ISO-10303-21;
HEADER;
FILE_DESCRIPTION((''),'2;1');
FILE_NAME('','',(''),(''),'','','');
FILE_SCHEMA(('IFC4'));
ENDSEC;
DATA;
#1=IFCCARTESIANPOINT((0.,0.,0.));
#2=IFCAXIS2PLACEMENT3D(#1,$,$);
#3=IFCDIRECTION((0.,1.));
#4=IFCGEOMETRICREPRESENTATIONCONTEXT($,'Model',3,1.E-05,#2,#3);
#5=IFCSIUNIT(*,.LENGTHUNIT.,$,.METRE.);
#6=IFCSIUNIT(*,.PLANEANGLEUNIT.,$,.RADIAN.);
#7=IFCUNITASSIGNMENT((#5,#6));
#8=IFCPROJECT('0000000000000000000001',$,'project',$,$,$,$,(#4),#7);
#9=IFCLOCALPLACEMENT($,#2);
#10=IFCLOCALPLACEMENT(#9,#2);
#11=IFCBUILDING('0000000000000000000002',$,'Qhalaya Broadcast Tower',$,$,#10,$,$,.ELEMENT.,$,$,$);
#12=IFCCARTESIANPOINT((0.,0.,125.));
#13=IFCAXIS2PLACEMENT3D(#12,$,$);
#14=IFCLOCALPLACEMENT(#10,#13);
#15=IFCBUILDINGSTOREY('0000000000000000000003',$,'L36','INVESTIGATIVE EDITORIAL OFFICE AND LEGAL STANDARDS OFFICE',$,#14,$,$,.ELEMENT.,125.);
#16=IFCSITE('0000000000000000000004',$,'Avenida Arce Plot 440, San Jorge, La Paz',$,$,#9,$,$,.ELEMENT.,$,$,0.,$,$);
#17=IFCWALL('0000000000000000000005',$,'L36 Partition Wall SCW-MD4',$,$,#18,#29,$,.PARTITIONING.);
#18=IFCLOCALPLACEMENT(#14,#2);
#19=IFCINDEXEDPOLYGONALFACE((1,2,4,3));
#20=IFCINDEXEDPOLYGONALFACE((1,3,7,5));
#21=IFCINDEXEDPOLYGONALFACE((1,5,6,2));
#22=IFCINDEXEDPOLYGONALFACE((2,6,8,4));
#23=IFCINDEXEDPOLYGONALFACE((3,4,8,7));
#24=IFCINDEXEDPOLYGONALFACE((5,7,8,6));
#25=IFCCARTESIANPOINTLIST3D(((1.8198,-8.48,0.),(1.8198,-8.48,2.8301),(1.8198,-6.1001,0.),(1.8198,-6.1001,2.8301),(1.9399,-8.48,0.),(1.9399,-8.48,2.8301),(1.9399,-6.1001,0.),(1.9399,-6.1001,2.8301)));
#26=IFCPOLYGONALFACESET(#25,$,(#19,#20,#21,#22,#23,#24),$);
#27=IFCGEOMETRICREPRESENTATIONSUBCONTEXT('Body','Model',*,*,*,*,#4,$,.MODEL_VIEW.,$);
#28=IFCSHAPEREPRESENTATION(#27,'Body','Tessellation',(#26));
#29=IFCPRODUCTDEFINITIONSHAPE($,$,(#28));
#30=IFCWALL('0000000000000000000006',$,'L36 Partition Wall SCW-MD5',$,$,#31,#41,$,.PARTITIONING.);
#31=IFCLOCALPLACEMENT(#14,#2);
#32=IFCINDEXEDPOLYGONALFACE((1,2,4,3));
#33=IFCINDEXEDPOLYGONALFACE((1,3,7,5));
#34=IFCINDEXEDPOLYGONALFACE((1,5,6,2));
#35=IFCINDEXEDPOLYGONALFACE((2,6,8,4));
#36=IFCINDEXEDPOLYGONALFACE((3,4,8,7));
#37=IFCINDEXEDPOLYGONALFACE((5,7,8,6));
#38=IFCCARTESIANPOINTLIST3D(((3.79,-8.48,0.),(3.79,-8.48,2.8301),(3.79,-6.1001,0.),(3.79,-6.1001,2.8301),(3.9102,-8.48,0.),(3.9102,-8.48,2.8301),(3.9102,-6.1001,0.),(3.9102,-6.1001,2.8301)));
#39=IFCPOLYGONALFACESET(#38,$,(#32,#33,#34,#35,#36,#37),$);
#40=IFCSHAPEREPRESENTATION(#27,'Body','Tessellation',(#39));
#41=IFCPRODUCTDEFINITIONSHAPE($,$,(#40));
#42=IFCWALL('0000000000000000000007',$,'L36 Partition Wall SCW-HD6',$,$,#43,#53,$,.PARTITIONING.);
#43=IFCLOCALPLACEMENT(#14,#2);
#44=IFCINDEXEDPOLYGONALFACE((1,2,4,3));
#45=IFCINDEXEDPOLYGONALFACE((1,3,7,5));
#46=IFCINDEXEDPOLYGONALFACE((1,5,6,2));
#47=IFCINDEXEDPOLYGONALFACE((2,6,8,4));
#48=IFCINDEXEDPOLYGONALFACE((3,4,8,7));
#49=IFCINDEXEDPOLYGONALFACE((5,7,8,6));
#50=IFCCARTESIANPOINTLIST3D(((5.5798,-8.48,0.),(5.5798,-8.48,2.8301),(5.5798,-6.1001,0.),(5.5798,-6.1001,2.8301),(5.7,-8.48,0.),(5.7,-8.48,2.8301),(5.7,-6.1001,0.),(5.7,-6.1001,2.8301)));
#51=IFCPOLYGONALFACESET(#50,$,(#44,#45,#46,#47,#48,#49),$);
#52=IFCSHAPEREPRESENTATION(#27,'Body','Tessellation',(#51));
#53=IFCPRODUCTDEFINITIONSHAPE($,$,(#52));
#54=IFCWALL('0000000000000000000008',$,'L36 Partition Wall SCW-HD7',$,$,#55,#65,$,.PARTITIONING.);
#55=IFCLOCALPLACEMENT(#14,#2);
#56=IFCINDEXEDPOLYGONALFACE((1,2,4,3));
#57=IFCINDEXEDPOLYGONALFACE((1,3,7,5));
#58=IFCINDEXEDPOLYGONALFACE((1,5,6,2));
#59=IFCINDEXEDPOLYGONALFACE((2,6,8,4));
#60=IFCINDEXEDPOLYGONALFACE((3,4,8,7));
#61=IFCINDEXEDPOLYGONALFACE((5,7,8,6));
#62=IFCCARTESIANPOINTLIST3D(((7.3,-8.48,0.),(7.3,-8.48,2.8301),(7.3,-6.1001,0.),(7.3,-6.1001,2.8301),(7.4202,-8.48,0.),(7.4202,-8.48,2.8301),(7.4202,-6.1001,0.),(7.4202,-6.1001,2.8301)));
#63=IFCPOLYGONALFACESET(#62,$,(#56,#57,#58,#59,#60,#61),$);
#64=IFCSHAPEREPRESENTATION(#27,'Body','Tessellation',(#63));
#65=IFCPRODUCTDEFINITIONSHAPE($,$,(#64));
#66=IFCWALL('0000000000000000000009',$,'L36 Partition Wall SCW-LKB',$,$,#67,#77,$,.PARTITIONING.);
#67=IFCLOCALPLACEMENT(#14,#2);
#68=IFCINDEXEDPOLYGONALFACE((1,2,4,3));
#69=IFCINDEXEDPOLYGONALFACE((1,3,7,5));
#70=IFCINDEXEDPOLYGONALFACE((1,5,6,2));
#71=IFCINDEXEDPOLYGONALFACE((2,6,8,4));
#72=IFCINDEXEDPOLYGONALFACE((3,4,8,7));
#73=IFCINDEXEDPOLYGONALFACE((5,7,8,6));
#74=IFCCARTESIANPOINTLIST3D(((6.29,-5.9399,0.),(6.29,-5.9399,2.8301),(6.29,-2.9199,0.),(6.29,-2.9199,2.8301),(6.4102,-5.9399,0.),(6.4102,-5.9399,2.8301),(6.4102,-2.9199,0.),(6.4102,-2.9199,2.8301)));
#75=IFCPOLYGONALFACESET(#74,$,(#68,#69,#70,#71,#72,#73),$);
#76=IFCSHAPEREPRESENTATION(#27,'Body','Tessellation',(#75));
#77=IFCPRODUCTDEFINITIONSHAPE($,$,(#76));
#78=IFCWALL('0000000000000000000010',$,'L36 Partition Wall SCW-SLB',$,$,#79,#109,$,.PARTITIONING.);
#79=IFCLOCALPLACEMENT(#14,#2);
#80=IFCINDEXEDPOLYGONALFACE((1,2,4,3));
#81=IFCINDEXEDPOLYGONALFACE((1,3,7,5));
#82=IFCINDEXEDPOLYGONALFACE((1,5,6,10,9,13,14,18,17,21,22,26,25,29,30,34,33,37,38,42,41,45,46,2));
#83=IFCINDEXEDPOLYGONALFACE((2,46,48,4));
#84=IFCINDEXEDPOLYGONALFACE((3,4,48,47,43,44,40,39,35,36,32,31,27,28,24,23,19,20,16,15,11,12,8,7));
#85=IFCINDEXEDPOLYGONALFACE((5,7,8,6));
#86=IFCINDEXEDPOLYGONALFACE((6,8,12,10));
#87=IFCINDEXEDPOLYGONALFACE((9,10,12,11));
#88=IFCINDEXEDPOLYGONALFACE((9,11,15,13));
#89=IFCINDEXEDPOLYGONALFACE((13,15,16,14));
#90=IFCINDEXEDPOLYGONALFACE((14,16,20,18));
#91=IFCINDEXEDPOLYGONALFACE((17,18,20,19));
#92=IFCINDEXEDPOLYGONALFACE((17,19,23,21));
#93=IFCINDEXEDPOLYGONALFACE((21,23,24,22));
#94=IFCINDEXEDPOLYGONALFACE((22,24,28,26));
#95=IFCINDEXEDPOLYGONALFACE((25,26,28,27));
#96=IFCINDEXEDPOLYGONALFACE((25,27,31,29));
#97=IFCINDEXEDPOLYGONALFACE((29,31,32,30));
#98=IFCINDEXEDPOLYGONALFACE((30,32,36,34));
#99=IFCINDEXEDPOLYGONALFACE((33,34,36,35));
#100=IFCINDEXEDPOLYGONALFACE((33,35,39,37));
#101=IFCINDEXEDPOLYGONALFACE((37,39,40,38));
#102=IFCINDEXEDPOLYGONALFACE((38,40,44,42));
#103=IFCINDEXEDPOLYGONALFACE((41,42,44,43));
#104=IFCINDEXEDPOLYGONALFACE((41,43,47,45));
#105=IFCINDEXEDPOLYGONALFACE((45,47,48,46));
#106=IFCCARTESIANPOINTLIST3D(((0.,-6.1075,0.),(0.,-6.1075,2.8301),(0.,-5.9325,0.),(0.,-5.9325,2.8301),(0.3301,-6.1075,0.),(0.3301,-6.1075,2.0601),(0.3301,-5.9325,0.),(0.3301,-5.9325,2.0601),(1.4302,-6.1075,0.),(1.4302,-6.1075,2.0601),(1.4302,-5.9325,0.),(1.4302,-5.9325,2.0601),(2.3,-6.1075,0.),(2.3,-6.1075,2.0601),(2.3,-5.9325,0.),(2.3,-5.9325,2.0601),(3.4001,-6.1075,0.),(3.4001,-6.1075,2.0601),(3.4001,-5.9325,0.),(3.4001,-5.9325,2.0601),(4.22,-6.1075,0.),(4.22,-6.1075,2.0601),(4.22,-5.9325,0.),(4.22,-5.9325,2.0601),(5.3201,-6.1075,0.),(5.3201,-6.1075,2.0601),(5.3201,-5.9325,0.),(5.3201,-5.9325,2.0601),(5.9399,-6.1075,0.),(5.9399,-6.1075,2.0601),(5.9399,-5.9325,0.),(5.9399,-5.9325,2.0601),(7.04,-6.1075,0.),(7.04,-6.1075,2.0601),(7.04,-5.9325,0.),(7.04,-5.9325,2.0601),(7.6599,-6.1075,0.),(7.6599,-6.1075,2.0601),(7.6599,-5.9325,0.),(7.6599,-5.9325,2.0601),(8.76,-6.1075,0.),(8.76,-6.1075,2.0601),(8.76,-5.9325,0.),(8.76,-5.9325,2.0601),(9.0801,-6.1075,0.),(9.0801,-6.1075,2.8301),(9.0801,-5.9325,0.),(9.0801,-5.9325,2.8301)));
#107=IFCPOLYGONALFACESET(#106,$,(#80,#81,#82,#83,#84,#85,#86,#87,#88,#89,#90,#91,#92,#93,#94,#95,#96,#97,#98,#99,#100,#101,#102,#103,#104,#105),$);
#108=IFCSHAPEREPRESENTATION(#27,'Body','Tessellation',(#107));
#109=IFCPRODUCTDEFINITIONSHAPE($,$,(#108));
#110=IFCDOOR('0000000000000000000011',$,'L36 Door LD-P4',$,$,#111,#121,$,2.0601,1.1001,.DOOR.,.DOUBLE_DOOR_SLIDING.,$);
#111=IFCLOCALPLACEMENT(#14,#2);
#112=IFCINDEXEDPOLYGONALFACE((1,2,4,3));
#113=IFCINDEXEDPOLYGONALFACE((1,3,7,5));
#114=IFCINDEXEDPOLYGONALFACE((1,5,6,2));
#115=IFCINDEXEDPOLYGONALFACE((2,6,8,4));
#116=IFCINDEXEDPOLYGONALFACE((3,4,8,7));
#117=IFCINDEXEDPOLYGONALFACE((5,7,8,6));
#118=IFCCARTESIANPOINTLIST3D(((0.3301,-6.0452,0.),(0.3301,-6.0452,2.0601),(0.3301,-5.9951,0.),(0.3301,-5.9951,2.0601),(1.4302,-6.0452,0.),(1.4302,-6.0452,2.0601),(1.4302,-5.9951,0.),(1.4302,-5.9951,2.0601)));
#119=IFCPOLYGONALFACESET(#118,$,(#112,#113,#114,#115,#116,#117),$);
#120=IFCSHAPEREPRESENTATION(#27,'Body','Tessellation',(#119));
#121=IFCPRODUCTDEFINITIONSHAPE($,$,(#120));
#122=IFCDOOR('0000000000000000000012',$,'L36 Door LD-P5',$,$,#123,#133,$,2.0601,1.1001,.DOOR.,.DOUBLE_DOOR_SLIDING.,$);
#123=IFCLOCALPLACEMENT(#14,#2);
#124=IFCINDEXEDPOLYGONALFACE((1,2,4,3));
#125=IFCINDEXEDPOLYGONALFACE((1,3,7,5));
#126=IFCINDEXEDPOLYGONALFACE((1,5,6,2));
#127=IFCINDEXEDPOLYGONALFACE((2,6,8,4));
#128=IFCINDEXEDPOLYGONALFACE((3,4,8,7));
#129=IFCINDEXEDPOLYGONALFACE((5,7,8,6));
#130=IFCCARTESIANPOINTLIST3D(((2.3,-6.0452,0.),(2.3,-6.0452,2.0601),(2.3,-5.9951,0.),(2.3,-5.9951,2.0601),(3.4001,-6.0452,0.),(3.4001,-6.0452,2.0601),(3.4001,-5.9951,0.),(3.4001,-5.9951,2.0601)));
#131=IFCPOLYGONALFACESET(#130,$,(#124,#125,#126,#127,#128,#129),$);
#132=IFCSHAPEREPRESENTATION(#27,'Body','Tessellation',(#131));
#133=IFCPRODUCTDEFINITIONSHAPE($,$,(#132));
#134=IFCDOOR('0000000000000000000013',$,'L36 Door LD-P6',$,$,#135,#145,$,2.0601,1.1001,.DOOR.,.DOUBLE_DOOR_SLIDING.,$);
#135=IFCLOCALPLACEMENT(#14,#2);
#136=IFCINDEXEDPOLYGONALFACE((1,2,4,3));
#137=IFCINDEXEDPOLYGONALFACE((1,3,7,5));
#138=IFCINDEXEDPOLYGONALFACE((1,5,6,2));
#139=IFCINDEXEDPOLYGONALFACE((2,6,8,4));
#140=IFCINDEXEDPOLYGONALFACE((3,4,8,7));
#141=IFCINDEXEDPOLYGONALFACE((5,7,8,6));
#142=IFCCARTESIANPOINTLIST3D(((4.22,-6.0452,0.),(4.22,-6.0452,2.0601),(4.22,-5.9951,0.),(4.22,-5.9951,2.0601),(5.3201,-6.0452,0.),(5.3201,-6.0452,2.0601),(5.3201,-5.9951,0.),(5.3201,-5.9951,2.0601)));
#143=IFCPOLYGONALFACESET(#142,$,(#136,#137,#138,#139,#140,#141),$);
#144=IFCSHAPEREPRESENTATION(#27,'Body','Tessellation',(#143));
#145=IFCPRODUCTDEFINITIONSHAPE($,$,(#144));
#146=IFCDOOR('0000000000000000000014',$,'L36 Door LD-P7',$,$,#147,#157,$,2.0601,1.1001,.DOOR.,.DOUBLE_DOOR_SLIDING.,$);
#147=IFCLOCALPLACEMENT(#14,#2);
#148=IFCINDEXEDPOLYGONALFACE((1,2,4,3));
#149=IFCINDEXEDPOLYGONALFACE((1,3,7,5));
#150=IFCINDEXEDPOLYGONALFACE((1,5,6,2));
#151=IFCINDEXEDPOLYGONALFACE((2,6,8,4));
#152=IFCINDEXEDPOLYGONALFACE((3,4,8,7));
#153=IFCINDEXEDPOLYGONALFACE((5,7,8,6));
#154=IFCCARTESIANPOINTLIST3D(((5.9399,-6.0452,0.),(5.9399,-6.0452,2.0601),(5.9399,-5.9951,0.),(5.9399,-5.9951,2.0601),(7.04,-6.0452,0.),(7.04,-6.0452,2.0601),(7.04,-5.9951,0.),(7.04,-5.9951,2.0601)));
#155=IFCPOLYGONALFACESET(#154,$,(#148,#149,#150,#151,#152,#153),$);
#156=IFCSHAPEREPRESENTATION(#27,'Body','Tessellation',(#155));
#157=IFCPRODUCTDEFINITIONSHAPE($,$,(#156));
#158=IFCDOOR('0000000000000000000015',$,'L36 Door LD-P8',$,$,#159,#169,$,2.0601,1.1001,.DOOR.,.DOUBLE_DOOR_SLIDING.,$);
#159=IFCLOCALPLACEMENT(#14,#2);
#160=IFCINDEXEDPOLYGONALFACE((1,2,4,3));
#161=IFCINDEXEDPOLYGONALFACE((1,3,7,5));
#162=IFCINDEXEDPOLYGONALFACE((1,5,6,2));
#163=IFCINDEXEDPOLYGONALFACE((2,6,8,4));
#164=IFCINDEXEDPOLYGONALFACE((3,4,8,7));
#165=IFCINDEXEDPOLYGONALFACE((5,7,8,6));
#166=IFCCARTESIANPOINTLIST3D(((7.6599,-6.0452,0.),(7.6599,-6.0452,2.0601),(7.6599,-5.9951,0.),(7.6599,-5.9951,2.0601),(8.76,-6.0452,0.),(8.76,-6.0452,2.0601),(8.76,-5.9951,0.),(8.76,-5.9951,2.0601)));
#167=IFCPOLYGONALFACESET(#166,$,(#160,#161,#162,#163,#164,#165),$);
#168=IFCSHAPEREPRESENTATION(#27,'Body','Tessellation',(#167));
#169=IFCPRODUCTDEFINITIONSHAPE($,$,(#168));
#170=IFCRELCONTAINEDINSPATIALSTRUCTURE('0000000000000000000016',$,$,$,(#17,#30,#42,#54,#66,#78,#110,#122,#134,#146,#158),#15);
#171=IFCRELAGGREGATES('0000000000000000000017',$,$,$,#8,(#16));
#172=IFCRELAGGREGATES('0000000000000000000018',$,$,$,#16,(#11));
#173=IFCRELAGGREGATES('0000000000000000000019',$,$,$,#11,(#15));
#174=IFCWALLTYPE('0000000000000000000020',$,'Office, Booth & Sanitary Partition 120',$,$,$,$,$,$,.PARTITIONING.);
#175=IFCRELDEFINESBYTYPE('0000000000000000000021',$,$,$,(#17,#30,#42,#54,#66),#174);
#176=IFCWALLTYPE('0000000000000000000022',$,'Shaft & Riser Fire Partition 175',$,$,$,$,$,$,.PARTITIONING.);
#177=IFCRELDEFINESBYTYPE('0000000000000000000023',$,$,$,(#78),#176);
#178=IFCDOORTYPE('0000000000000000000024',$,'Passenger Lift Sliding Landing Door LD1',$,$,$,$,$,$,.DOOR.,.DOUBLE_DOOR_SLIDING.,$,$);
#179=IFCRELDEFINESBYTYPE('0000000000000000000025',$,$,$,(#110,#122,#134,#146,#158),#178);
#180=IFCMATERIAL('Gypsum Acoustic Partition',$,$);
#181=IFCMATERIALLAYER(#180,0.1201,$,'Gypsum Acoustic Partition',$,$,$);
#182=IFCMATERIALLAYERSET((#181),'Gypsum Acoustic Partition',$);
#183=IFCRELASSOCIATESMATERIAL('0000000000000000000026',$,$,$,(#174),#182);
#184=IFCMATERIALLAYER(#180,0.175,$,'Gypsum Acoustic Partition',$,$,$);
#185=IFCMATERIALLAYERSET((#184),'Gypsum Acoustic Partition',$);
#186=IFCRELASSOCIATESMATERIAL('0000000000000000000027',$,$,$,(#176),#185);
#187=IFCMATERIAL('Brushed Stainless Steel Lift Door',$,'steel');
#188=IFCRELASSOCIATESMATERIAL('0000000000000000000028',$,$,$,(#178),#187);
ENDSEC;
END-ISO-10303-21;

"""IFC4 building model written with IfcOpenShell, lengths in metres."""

from ifc_helpers import new_model, si_unit, direction, frame, frame_2d, origin, place, context, subcontext, project, spatial, rectangle, extrude, material, layer, layer_set, type_object, element, fill, save


model = new_model("IFC4")

# Units and contexts
model_context = context("Model", 3, precision=1e-05, world=origin(), true_north=direction((0.0, 1.0)))
body_context = subcontext(model_context, "Body", "Model", "MODEL_VIEW")
ifc_project = project(units=[si_unit("LENGTHUNIT", "METRE"), si_unit("PLANEANGLEUNIT", "RADIAN")], contexts=[model_context])

# Site, building, storey
site_placement = place(None, origin())
site = spatial("IfcSite", under=ifc_project, at=site_placement, Name="Avenida Arce Plot 440, San Jorge, La Paz", CompositionType="ELEMENT", RefElevation=0.0)
building_placement = place(site_placement, origin())
building = spatial("IfcBuilding", under=site, at=building_placement, Name="Qhalaya Broadcast Tower", CompositionType="ELEMENT")
storey_placement = place(building_placement, frame((0.0, 0.0, 125.0)))
storey = spatial("IfcBuildingStorey", under=building, at=storey_placement, Name="L36", Description="INVESTIGATIVE EDITORIAL OFFICE AND LEGAL STANDARDS OFFICE", CompositionType="ELEMENT", Elevation=125.0)

# Shared definitions
ifc_material_1 = material(Name="Gypsum Acoustic Partition")

# Walls
ifc_layer_1 = layer(ifc_material_1, 0.1201, Name="Gypsum Acoustic Partition")
ifc_layer_set_1 = layer_set([ifc_layer_1], Name="Gypsum Acoustic Partition")
wall_type_1 = type_object("IfcWallType", Name="Office, Booth & Sanitary Partition 120", PredefinedType="PARTITIONING", material=ifc_layer_set_1)
for number, where, z_axis, x_axis, name in (
    (1, (1.8799, -8.48, 0.0), (0.0, 0.0, 1.0), (0.0, 1.0, 0.0), "L36 Partition Wall SCW-MD4"),
    (2, (3.8501, -8.48, 0.0), (0.0, 0.0, 1.0), (0.0, 1.0, 0.0), "L36 Partition Wall SCW-MD5"),
    (3, (5.6399, -8.48, 0.0), (0.0, 0.0, 1.0), (0.0, 1.0, 0.0), "L36 Partition Wall SCW-HD6"),
    (4, (7.3601, -8.48, 0.0), (0.0, 0.0, 1.0), (0.0, 1.0, 0.0), "L36 Partition Wall SCW-HD7"),
):
    element("IfcWall", number, at=place(storey_placement, frame(where, z_axis=z_axis, x_axis=x_axis)), inside=storey, type_object=wall_type_1, Name=name, PredefinedType="PARTITIONING", context=body_context, shape_type="SweptSolid", body=[
        extrude(rectangle(XDim=2.3799, YDim=0.1201, at=frame_2d((1.1899, 0.0))), origin(), (0.0, 0.0, 1.0), 2.8301),
    ])
wall_1_placement = place(storey_placement, frame((6.3501, -5.9399, 0.0), z_axis=(0.0, 0.0, 1.0), x_axis=(0.0, 1.0, 0.0)))
element("IfcWall", 5, at=wall_1_placement, inside=storey, type_object=wall_type_1, Name="L36 Partition Wall SCW-LKB", PredefinedType="PARTITIONING", context=body_context, shape_type="SweptSolid", body=[
    extrude(rectangle(XDim=3.02, YDim=0.1201, at=frame_2d((1.51, 0.0))), origin(), (0.0, 0.0, 1.0), 2.8301),
])

# Wall, openings, doors
ifc_layer_2 = layer(ifc_material_1, 0.175, Name="Gypsum Acoustic Partition")
ifc_layer_set_2 = layer_set([ifc_layer_2], Name="Gypsum Acoustic Partition")
wall_type_2 = type_object("IfcWallType", Name="Shaft & Riser Fire Partition 175", PredefinedType="PARTITIONING", material=ifc_layer_set_2)
wall_2_placement = place(storey_placement, frame((0.0, -6.02, 0.0), z_axis=(0.0, 0.0, 1.0), x_axis=(1.0, 0.0, 0.0)))
wall_2 = element("IfcWall", 6, at=wall_2_placement, inside=storey, type_object=wall_type_2, Name="L36 Partition Wall SCW-SLB", PredefinedType="PARTITIONING", context=body_context, shape_type="SweptSolid", body=[
    extrude(rectangle(XDim=9.0801, YDim=0.175, at=frame_2d((4.54, 0.0))), origin(), (0.0, 0.0, 1.0), 2.8301),
])
opening_1_placement = place(wall_2_placement, frame((0.3301, 0.0, 0.0)))
opening_1 = element("IfcOpeningElement", 7, at=opening_1_placement, cuts=wall_2, PredefinedType="OPENING", context=body_context, shape_type="SweptSolid", body=[
    extrude(rectangle(XDim=1.1001, YDim=2.0601, at=frame_2d((0.55, 1.03))), frame((0.0, 0.0996, 0.0), z_axis=(0.0, -1.0, 0.0), x_axis=(1.0, 0.0, 0.0)), (0.0, 0.0, 1.0), 0.199),
])
opening_2_placement = place(wall_2_placement, frame((2.3, 0.0, 0.0)))
opening_2 = element("IfcOpeningElement", 8, at=opening_2_placement, cuts=wall_2, PredefinedType="OPENING", context=body_context, shape_type="SweptSolid", body=[
    extrude(rectangle(XDim=1.1001, YDim=2.0601, at=frame_2d((0.55, 1.03))), frame((0.0, 0.0996, 0.0), z_axis=(0.0, -1.0, 0.0), x_axis=(1.0, 0.0, 0.0)), (0.0, 0.0, 1.0), 0.199),
])
opening_3_placement = place(wall_2_placement, frame((4.22, 0.0, 0.0)))
opening_3 = element("IfcOpeningElement", 9, at=opening_3_placement, cuts=wall_2, PredefinedType="OPENING", context=body_context, shape_type="SweptSolid", body=[
    extrude(rectangle(XDim=1.1001, YDim=2.0601, at=frame_2d((0.55, 1.03))), frame((0.0, 0.0996, 0.0), z_axis=(0.0, -1.0, 0.0), x_axis=(1.0, 0.0, 0.0)), (0.0, 0.0, 1.0), 0.199),
])
opening_4_placement = place(wall_2_placement, frame((5.9399, 0.0, 0.0)))
opening_4 = element("IfcOpeningElement", 10, at=opening_4_placement, cuts=wall_2, PredefinedType="OPENING", context=body_context, shape_type="SweptSolid", body=[
    extrude(rectangle(XDim=1.1001, YDim=2.0601, at=frame_2d((0.55, 1.03))), frame((0.0, 0.0996, 0.0), z_axis=(0.0, -1.0, 0.0), x_axis=(1.0, 0.0, 0.0)), (0.0, 0.0, 1.0), 0.199),
])
opening_5_placement = place(wall_2_placement, frame((7.6599, 0.0, 0.0)))
opening_5 = element("IfcOpeningElement", 11, at=opening_5_placement, cuts=wall_2, PredefinedType="OPENING", context=body_context, shape_type="SweptSolid", body=[
    extrude(rectangle(XDim=1.1001, YDim=2.0601, at=frame_2d((0.55, 1.03))), frame((0.0, 0.0996, 0.0), z_axis=(0.0, -1.0, 0.0), x_axis=(1.0, 0.0, 0.0)), (0.0, 0.0, 1.0), 0.199),
])
ifc_material_2 = material(Name="Brushed Stainless Steel Lift Door", Category="steel")
door_type_1 = type_object("IfcDoorType", Name="Passenger Lift Sliding Landing Door LD1", OperationType="DOUBLE_DOOR_SLIDING", PredefinedType="DOOR", material=ifc_material_2)
door_1_placement = place(opening_1_placement, origin())
door_1 = element("IfcDoor", 12, at=door_1_placement, inside=storey, type_object=door_type_1, Name="L36 Door LD-P4", OperationType="DOUBLE_DOOR_SLIDING", OverallHeight=2.0601, OverallWidth=1.1001, PredefinedType="DOOR", context=body_context, shape_type="SweptSolid", body=[
    extrude(rectangle(XDim=1.1001, YDim=2.0601, at=frame_2d((0.55, 1.03))), frame((0.0, 0.0249, 0.0), z_axis=(0.0, -1.0, 0.0), x_axis=(1.0, 0.0, 0.0)), (0.0, 0.0, 1.0), 0.05),
])
fill(opening_1, door_1)
door_2_placement = place(opening_2_placement, origin())
door_2 = element("IfcDoor", 13, at=door_2_placement, inside=storey, type_object=door_type_1, Name="L36 Door LD-P5", OperationType="DOUBLE_DOOR_SLIDING", OverallHeight=2.0601, OverallWidth=1.1001, PredefinedType="DOOR", context=body_context, shape_type="SweptSolid", body=[
    extrude(rectangle(XDim=1.1001, YDim=2.0601, at=frame_2d((0.55, 1.03))), frame((0.0, 0.0249, 0.0), z_axis=(0.0, -1.0, 0.0), x_axis=(1.0, 0.0, 0.0)), (0.0, 0.0, 1.0), 0.05),
])
fill(opening_2, door_2)
door_3_placement = place(opening_3_placement, origin())
door_3 = element("IfcDoor", 14, at=door_3_placement, inside=storey, type_object=door_type_1, Name="L36 Door LD-P6", OperationType="DOUBLE_DOOR_SLIDING", OverallHeight=2.0601, OverallWidth=1.1001, PredefinedType="DOOR", context=body_context, shape_type="SweptSolid", body=[
    extrude(rectangle(XDim=1.1001, YDim=2.0601, at=frame_2d((0.55, 1.03))), frame((0.0, 0.0249, 0.0), z_axis=(0.0, -1.0, 0.0), x_axis=(1.0, 0.0, 0.0)), (0.0, 0.0, 1.0), 0.05),
])
fill(opening_3, door_3)
door_4_placement = place(opening_4_placement, origin())
door_4 = element("IfcDoor", 15, at=door_4_placement, inside=storey, type_object=door_type_1, Name="L36 Door LD-P7", OperationType="DOUBLE_DOOR_SLIDING", OverallHeight=2.0601, OverallWidth=1.1001, PredefinedType="DOOR", context=body_context, shape_type="SweptSolid", body=[
    extrude(rectangle(XDim=1.1001, YDim=2.0601, at=frame_2d((0.55, 1.03))), frame((0.0, 0.0249, 0.0), z_axis=(0.0, -1.0, 0.0), x_axis=(1.0, 0.0, 0.0)), (0.0, 0.0, 1.0), 0.05),
])
fill(opening_4, door_4)
door_5_placement = place(opening_5_placement, origin())
door_5 = element("IfcDoor", 16, at=door_5_placement, inside=storey, type_object=door_type_1, Name="L36 Door LD-P8", OperationType="DOUBLE_DOOR_SLIDING", OverallHeight=2.0601, OverallWidth=1.1001, PredefinedType="DOOR", context=body_context, shape_type="SweptSolid", body=[
    extrude(rectangle(XDim=1.1001, YDim=2.0601, at=frame_2d((0.55, 1.03))), frame((0.0, 0.0249, 0.0), z_axis=(0.0, -1.0, 0.0), x_axis=(1.0, 0.0, 0.0)), (0.0, 0.0, 1.0), 0.05),
])
fill(opening_5, door_5)

save(model, "model.ifc")
